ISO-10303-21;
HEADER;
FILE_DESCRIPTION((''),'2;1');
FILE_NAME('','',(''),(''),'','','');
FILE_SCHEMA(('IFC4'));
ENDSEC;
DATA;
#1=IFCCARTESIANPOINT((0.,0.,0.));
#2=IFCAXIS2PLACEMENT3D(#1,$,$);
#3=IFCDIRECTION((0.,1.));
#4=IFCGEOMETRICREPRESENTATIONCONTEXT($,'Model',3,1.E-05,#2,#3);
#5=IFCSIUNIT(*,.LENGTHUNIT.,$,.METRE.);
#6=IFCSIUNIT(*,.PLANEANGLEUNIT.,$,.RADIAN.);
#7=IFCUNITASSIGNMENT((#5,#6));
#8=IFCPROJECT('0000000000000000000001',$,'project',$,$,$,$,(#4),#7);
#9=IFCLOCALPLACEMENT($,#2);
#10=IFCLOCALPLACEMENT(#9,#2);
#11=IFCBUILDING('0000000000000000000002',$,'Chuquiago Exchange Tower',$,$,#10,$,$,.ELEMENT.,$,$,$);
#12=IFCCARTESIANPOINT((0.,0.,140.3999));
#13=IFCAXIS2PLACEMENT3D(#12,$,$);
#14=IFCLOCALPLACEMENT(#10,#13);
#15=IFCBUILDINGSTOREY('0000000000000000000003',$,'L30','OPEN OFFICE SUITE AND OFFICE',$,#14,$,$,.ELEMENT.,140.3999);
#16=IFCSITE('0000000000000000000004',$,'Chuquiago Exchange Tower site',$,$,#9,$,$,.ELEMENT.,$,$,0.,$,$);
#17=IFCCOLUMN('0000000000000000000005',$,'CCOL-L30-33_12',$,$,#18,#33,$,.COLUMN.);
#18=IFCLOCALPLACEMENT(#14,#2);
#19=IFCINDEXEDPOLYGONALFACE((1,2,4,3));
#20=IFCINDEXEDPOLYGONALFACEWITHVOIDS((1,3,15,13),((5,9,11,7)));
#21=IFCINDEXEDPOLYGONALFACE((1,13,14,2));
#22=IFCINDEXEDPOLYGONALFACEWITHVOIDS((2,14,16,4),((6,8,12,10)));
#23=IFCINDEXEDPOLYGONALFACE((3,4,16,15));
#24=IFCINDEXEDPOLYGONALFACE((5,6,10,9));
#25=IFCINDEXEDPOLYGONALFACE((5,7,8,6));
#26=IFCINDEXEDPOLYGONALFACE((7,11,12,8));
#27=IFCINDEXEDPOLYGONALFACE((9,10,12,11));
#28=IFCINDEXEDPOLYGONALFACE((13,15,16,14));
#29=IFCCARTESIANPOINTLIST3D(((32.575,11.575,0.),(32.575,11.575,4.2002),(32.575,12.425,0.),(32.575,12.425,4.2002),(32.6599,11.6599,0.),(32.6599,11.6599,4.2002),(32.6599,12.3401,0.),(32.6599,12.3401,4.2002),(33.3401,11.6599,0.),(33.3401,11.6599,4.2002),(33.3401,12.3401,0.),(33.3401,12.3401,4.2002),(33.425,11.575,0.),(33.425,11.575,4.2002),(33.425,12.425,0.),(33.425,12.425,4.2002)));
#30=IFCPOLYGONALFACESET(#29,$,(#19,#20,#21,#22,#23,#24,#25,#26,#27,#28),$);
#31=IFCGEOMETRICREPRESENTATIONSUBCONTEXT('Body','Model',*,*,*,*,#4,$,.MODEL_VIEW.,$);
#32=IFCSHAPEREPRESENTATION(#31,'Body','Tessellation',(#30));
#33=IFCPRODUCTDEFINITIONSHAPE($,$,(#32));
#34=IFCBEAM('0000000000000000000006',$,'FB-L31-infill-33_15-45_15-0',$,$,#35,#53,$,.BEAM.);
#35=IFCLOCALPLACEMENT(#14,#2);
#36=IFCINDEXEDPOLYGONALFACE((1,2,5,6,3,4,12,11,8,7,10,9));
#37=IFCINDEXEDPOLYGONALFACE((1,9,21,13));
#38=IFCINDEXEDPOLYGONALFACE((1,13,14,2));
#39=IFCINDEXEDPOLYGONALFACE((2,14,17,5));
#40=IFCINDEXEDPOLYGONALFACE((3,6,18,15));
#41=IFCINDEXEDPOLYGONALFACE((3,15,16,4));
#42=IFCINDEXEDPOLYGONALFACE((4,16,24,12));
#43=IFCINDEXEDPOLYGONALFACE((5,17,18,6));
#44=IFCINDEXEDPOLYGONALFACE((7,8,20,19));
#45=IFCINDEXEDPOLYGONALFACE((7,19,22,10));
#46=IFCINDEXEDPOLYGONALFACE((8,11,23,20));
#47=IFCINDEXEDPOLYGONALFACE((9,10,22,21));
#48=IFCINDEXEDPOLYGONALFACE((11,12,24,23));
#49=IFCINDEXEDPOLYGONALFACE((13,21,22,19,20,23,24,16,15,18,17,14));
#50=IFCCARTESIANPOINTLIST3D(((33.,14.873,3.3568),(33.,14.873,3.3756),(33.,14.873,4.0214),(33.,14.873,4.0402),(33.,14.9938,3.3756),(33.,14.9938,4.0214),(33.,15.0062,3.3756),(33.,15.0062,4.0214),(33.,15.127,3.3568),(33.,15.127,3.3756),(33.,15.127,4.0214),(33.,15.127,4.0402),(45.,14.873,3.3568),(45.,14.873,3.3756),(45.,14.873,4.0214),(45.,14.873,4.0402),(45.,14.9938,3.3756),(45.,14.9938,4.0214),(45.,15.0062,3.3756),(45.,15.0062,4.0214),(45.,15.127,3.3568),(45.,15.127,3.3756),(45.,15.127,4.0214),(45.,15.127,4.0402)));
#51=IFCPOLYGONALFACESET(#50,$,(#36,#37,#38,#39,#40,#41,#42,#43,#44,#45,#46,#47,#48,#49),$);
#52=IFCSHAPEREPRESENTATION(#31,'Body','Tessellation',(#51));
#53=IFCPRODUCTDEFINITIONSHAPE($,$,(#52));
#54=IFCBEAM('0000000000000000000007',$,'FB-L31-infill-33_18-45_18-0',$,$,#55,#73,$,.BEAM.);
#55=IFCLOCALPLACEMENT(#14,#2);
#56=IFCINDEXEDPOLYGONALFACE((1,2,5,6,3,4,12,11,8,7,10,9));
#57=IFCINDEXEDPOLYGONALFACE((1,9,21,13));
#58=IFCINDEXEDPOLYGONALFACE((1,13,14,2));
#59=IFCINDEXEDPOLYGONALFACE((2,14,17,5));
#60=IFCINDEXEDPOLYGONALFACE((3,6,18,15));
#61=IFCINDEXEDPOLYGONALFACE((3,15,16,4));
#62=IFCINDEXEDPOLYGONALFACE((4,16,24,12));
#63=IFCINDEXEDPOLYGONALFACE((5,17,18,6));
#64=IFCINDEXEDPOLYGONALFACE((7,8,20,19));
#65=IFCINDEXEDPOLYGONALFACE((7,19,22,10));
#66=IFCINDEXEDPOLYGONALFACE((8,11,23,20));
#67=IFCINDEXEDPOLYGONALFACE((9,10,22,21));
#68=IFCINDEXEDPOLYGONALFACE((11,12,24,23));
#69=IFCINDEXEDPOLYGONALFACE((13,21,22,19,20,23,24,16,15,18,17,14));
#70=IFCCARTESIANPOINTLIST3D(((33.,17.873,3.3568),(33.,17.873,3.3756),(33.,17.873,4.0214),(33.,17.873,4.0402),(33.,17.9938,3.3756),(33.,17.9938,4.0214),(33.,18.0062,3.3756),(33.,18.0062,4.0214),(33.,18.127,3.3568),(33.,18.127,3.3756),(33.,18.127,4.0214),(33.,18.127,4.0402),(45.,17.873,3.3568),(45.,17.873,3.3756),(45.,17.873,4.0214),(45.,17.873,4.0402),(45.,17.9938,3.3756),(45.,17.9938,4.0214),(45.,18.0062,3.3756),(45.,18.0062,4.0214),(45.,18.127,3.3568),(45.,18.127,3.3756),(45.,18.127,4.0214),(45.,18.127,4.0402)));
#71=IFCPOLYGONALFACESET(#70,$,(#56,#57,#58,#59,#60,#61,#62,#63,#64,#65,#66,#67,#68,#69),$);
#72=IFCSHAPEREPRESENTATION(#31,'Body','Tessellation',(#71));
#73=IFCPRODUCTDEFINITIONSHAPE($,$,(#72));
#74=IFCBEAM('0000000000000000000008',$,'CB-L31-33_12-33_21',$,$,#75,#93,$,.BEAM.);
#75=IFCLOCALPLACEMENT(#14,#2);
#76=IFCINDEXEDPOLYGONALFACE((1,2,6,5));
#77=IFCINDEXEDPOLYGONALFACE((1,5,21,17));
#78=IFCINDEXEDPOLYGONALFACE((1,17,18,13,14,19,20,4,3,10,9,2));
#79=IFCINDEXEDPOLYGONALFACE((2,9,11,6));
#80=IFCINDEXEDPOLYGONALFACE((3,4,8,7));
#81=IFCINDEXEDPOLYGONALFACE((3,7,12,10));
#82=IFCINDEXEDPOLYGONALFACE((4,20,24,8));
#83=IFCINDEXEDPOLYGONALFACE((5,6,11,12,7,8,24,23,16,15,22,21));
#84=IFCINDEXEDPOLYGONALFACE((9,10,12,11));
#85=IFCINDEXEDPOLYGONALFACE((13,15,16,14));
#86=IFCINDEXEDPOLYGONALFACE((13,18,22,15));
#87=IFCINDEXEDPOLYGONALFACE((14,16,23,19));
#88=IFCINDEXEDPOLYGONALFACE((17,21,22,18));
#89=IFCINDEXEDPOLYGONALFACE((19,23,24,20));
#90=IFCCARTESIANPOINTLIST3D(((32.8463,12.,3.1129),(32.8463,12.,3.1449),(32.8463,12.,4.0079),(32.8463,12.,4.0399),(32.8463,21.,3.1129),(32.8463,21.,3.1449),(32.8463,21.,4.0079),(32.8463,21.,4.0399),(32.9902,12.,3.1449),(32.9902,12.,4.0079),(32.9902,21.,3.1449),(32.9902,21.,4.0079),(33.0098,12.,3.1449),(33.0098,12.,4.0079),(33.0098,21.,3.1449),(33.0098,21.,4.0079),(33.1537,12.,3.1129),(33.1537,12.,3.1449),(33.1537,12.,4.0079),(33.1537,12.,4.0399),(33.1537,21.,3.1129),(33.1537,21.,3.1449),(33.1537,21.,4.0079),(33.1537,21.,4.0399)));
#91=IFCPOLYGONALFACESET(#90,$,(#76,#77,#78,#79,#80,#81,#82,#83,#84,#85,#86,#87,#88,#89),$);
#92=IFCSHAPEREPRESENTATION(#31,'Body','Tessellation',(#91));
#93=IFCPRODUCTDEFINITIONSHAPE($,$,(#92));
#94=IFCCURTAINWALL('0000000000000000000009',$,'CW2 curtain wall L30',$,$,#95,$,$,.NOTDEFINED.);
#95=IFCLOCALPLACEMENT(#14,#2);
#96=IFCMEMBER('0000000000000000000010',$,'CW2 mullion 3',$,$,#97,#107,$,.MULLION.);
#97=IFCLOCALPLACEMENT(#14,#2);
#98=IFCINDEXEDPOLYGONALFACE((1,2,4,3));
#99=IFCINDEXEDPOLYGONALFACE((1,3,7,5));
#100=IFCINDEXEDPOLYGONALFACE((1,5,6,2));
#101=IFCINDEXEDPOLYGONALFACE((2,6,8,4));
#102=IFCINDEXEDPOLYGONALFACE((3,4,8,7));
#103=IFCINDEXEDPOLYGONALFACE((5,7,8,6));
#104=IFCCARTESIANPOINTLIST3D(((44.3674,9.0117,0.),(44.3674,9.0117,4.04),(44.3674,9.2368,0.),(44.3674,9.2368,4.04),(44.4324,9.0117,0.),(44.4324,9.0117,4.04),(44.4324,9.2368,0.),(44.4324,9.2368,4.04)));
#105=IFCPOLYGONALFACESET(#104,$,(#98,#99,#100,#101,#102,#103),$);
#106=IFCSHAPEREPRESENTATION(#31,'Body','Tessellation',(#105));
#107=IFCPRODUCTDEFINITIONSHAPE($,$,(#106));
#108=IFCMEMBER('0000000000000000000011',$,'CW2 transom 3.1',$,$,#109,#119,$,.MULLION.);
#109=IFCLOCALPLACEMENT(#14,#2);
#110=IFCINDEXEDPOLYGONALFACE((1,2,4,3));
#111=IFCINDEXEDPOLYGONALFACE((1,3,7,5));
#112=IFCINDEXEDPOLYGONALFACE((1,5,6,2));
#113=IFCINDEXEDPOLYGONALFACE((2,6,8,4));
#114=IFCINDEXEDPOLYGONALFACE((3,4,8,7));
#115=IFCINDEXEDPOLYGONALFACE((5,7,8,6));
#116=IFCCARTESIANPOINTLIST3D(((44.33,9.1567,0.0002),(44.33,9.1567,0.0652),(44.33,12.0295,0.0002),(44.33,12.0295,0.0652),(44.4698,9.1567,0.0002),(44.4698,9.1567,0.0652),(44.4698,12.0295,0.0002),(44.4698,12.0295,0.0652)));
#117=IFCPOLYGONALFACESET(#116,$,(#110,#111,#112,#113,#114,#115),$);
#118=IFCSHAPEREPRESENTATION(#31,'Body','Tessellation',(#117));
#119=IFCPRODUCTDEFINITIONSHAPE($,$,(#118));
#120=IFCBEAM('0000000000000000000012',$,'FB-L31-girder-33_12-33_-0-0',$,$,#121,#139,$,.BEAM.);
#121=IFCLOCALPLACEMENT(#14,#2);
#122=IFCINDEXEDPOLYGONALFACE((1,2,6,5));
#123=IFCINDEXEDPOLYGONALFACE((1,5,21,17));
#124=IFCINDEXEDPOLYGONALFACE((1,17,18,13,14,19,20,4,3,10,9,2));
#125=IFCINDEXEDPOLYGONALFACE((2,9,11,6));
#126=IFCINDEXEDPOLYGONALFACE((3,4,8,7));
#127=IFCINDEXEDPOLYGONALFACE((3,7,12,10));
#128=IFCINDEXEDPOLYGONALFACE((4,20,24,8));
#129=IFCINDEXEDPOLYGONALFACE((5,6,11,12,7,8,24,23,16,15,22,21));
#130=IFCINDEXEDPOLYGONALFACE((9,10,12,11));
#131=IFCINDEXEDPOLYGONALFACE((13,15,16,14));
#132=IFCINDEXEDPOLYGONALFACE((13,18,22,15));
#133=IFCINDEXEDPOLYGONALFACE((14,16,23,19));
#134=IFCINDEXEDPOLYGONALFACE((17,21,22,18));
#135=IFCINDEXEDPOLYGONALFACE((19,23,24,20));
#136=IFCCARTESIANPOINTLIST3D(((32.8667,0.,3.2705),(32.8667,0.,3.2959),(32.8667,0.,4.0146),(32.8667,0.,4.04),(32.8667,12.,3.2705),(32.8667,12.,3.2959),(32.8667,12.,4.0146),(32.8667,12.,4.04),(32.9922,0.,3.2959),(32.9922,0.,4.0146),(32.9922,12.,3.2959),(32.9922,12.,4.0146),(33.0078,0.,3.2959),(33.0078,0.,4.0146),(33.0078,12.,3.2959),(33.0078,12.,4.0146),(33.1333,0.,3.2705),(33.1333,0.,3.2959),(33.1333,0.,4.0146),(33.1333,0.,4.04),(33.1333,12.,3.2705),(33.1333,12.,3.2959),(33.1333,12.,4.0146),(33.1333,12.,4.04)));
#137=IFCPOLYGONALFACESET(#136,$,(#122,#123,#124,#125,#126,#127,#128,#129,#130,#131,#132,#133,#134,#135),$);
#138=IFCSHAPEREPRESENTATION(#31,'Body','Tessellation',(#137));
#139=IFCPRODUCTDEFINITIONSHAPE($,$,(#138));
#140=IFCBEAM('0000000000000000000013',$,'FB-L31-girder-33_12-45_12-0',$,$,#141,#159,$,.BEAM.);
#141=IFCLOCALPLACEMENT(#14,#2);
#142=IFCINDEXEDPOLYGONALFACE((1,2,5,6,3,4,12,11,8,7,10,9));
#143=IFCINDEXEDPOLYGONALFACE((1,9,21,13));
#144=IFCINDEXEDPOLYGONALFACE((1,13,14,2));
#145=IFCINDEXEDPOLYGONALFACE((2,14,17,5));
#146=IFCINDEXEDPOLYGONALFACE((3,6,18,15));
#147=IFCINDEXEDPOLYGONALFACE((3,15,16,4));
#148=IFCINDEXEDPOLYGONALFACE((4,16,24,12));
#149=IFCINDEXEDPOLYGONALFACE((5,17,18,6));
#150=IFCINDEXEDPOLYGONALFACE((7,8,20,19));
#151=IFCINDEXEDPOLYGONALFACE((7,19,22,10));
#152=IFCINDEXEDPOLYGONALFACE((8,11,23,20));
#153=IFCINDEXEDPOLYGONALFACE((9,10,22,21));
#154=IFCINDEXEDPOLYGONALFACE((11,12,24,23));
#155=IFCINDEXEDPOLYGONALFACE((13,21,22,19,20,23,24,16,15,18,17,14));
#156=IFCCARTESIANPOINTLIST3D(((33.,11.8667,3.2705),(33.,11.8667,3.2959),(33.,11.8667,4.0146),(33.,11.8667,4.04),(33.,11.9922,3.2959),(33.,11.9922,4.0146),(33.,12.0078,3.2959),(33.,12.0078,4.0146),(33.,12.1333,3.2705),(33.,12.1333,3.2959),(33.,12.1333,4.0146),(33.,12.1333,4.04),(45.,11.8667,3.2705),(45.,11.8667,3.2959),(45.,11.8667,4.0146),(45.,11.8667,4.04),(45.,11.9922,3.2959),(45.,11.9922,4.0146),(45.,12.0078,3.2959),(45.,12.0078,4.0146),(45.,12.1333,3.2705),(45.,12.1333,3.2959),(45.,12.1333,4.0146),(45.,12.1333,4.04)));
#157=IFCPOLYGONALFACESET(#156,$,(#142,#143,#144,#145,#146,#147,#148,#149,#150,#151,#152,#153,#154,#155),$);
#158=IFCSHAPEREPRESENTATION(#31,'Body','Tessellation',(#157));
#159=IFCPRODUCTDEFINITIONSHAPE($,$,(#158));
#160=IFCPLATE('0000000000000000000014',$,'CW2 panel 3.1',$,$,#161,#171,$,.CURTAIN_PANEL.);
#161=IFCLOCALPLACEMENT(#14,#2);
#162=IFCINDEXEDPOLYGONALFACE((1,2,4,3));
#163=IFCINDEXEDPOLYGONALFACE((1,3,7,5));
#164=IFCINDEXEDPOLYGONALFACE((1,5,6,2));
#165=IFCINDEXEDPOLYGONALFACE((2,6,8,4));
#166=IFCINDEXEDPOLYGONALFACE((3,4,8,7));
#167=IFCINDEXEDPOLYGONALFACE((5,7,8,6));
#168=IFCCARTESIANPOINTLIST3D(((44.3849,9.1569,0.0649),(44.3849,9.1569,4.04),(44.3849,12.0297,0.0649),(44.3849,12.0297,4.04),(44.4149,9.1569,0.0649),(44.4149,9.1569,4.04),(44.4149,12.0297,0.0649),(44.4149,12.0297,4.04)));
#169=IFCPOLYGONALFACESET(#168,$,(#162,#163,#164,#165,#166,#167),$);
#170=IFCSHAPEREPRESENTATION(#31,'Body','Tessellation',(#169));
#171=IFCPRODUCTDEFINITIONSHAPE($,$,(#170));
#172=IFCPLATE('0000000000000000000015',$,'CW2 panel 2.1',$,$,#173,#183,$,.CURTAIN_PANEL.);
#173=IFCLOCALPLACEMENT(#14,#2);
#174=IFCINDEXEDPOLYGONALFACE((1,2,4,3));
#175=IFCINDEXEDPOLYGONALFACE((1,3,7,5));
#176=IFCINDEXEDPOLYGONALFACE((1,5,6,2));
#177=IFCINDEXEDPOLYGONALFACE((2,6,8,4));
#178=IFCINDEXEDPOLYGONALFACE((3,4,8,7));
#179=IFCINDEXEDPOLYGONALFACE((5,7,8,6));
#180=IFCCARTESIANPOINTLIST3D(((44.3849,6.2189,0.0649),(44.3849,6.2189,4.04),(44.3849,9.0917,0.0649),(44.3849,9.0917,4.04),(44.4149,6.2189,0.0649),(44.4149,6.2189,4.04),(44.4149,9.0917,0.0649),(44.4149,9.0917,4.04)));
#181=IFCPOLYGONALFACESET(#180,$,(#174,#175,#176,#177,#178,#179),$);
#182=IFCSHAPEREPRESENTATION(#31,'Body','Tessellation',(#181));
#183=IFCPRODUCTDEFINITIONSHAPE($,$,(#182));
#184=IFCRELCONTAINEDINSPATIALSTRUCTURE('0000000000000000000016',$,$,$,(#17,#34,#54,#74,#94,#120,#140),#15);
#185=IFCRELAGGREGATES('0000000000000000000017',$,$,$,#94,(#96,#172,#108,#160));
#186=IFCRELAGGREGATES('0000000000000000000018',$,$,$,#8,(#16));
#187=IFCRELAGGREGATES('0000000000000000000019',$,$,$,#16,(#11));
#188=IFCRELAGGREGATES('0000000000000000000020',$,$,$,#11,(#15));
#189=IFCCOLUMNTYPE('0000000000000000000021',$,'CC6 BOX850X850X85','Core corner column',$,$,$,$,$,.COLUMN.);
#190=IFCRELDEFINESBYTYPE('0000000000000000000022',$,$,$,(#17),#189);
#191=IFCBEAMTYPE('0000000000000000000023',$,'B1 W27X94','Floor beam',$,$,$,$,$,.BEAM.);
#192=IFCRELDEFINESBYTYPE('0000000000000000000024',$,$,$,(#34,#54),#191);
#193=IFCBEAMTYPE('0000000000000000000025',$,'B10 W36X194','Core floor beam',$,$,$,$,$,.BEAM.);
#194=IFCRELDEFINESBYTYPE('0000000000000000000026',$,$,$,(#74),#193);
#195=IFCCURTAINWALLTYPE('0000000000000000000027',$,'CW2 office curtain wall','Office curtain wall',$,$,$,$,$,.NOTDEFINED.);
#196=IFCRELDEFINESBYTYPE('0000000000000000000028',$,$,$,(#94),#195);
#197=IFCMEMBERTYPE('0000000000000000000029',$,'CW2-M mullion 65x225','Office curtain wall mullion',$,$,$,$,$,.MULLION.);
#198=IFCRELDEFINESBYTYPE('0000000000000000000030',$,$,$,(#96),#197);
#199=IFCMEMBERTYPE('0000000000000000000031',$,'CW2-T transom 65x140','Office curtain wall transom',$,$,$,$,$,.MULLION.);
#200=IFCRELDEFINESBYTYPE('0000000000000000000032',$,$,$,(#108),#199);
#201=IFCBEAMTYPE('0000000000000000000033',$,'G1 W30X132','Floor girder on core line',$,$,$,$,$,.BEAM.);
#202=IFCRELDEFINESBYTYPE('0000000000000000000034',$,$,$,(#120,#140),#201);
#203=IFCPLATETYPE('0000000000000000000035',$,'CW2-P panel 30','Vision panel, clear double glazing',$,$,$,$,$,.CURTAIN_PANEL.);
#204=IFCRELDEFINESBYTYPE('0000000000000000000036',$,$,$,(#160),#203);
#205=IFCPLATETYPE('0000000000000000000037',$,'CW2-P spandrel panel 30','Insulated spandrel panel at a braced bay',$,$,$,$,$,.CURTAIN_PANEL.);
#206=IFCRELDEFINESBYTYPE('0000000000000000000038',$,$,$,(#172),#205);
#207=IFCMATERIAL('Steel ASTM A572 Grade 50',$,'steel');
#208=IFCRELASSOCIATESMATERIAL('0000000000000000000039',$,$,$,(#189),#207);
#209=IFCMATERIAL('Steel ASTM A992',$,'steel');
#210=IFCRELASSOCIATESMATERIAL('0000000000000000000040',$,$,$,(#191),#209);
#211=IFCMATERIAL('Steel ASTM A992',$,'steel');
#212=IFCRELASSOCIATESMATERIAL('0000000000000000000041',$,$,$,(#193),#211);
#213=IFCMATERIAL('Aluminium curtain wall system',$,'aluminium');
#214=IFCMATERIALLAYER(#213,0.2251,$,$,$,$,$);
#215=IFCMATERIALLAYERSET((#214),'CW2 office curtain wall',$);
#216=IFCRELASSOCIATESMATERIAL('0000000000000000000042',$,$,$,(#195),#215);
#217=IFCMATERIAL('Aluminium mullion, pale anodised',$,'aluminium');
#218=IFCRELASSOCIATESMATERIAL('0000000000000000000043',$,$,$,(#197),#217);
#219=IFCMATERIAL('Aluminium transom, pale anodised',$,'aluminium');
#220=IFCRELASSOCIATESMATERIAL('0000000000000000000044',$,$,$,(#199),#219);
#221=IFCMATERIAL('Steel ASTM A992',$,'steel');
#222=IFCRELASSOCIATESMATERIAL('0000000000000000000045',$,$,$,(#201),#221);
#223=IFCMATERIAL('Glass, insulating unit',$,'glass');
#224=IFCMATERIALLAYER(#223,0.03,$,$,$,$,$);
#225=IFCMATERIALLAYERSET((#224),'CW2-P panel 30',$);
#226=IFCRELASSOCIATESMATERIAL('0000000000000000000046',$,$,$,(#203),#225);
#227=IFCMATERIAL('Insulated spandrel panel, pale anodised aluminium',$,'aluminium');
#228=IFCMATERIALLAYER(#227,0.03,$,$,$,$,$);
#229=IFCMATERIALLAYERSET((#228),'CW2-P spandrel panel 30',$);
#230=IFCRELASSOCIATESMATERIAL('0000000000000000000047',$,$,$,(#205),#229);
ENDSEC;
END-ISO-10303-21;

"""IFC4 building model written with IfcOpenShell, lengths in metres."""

from ifc_helpers import new_model, si_unit, direction, frame, origin, origin_2d, place, context, subcontext, project, spatial, rectangle, hollow_rectangle, i_section, extrude, material, layer, layer_set, material_profile, profile_set, type_object, element, aggregate, save


model = new_model("IFC4")

# Units and contexts
model_context = context("Model", 3, precision=1e-05, world=origin(), true_north=direction((0.0, 1.0)))
body_context = subcontext(model_context, "Body", "Model", "MODEL_VIEW")
ifc_project = project(units=[si_unit("LENGTHUNIT", "METRE"), si_unit("PLANEANGLEUNIT", "RADIAN")], contexts=[model_context])

# Site, building, storey
site_placement = place(None, origin())
site = spatial("IfcSite", under=ifc_project, at=site_placement, Name="Chuquiago Exchange Tower site", CompositionType="ELEMENT", RefElevation=0.0)
building_placement = place(site_placement, origin())
building = spatial("IfcBuilding", under=site, at=building_placement, Name="Chuquiago Exchange Tower", CompositionType="ELEMENT")
storey_placement = place(building_placement, frame((0.0, 0.0, 140.3999)))
storey = spatial("IfcBuildingStorey", under=building, at=storey_placement, Name="L30", Description="OPEN OFFICE SUITE AND OFFICE", CompositionType="ELEMENT", Elevation=140.3999)

# Column
ifc_material_1 = material(Name="Steel ASTM A572 Grade 50", Category="steel")
ifc_material_profile_1 = material_profile(ifc_material_1, hollow_rectangle(XDim=0.8501, YDim=0.8501, WallThickness=0.085, at=origin_2d()), Name="BOX850X850X85")
ifc_profile_set_1 = profile_set([ifc_material_profile_1], Name="Steel ASTM A572 Grade 50")
column_type = type_object("IfcColumnType", Name="CC6 BOX850X850X85", Description="Core corner column", PredefinedType="COLUMN", material=ifc_profile_set_1)
column_placement = place(storey_placement, frame((33.0, 12.0, 0.0), z_axis=(0.0, 0.0, 1.0), x_axis=(1.0, 0.0, 0.0)))
element("IfcColumn", 1, at=column_placement, inside=storey, type_object=column_type, Name="CCOL-L30-33_12", PredefinedType="COLUMN", context=body_context, shape_type="SweptSolid", body=[
    extrude(hollow_rectangle(XDim=0.8501, YDim=0.8501, WallThickness=0.085, at=origin_2d()), origin(), (0.0, 0.0, 1.0), 4.2002),
])

# Beams
ifc_material_2 = material(Name="Steel ASTM A992", Category="steel")
ifc_material_profile_2 = material_profile(ifc_material_2, i_section(OverallWidth=0.2539, OverallDepth=0.6833, WebThickness=0.0125, FlangeThickness=0.0188, at=origin_2d()), Name="W27X94")
ifc_profile_set_2 = profile_set([ifc_material_profile_2], Name="Steel ASTM A992")
beam_type_1 = type_object("IfcBeamType", Name="B1 W27X94", Description="Floor beam", PredefinedType="BEAM", material=ifc_profile_set_2)
for number, where, z_axis, x_axis, name in (
    (2, (33.0, 15.0, 3.6985), (1.0, 0.0, 0.0), (0.0, 1.0, 0.0), "FB-L31-infill-33_15-45_15-0"),
    (3, (33.0, 18.0, 3.6985), (1.0, 0.0, 0.0), (0.0, 1.0, 0.0), "FB-L31-infill-33_18-45_18-0"),
):
    element("IfcBeam", number, at=place(storey_placement, frame(where, z_axis=z_axis, x_axis=x_axis)), inside=storey, type_object=beam_type_1, Name=name, PredefinedType="BEAM", context=body_context, shape_type="SweptSolid", body=[
        extrude(i_section(OverallWidth=0.2539, OverallDepth=0.6833, WebThickness=0.0125, FlangeThickness=0.0188, at=origin_2d()), origin(), (0.0, 0.0, 1.0), 12.0),
    ])
ifc_material_3 = material(Name="Steel ASTM A992", Category="steel")
ifc_material_profile_3 = material_profile(ifc_material_3, i_section(OverallWidth=0.3074, OverallDepth=0.927, WebThickness=0.0195, FlangeThickness=0.032, at=origin_2d()), Name="W36X194")
ifc_profile_set_3 = profile_set([ifc_material_profile_3], Name="Steel ASTM A992")
beam_type_2 = type_object("IfcBeamType", Name="B10 W36X194", Description="Core floor beam", PredefinedType="BEAM", material=ifc_profile_set_3)
beam_placement = place(storey_placement, frame((33.0, 12.0, 3.5764), z_axis=(0.0, 1.0, 0.0), x_axis=(-1.0, 0.0, 0.0)))
element("IfcBeam", 4, at=beam_placement, inside=storey, type_object=beam_type_2, Name="CB-L31-33_12-33_21", PredefinedType="BEAM", context=body_context, shape_type="SweptSolid", body=[
    extrude(i_section(OverallWidth=0.3074, OverallDepth=0.927, WebThickness=0.0195, FlangeThickness=0.032, at=origin_2d()), origin(), (0.0, 0.0, 1.0), 9.0),
])

# Curtain wall, members
ifc_material_4 = material(Name="Aluminium curtain wall system", Category="aluminium")
ifc_layer_1 = layer(ifc_material_4, 0.2251)
ifc_layer_set_1 = layer_set([ifc_layer_1], Name="CW2 office curtain wall")
curtain_wall_type = type_object("IfcCurtainWallType", Name="CW2 office curtain wall", Description="Office curtain wall", PredefinedType="NOTDEFINED", material=ifc_layer_set_1)
curtain_wall_placement = place(storey_placement, origin())
curtain_wall = element("IfcCurtainWall", 5, at=curtain_wall_placement, inside=storey, type_object=curtain_wall_type, Name="CW2 curtain wall L30", PredefinedType="NOTDEFINED")
ifc_material_5 = material(Name="Aluminium mullion, pale anodised", Category="aluminium")
ifc_material_profile_4 = material_profile(ifc_material_5, rectangle(XDim=0.0649, YDim=0.2251, at=origin_2d()), Name="AL 65x225")
ifc_profile_set_4 = profile_set([ifc_material_profile_4], Name="Aluminium mullion, pale anodised")
member_type_1 = type_object("IfcMemberType", Name="CW2-M mullion 65x225", Description="Office curtain wall mullion", PredefinedType="MULLION", material=ifc_profile_set_4)
member_1_placement = place(storey_placement, frame((44.3999, 9.1243, 0.0), z_axis=(0.0, 0.0, 1.0), x_axis=(-1.0, 0.0, 0.0)))
member_1 = element("IfcMember", 6, at=member_1_placement, type_object=member_type_1, Name="CW2 mullion 3", PredefinedType="MULLION", context=body_context, shape_type="SweptSolid", body=[
    extrude(rectangle(XDim=0.0649, YDim=0.2251, at=origin_2d()), origin(), (0.0, 0.0, 1.0), 4.04),
])
ifc_material_6 = material(Name="Aluminium transom, pale anodised", Category="aluminium")
ifc_material_profile_5 = material_profile(ifc_material_6, rectangle(XDim=0.1399, YDim=0.0649, at=origin_2d()), Name="AL 140x65")
ifc_profile_set_5 = profile_set([ifc_material_profile_5], Name="Aluminium transom, pale anodised")
member_type_2 = type_object("IfcMemberType", Name="CW2-T transom 65x140", Description="Office curtain wall transom", PredefinedType="MULLION", material=ifc_profile_set_5)
member_2_placement = place(storey_placement, frame((44.3999, 9.1567, 0.0327), z_axis=(0.0, 1.0, 0.0), x_axis=(-1.0, 0.0, 0.0)))
member_2 = element("IfcMember", 7, at=member_2_placement, type_object=member_type_2, Name="CW2 transom 3.1", PredefinedType="MULLION", context=body_context, shape_type="SweptSolid", body=[
    extrude(rectangle(XDim=0.1399, YDim=0.0649, at=origin_2d()), origin(), (0.0, 0.0, 1.0), 2.8728),
])

# Beams
ifc_material_7 = material(Name="Steel ASTM A992", Category="steel")
ifc_material_profile_6 = material_profile(ifc_material_7, i_section(OverallWidth=0.2666, OverallDepth=0.7695, WebThickness=0.0156, FlangeThickness=0.0254, at=origin_2d()), Name="W30X132")
ifc_profile_set_6 = profile_set([ifc_material_profile_6], Name="Steel ASTM A992")
beam_type_3 = type_object("IfcBeamType", Name="G1 W30X132", Description="Floor girder on core line", PredefinedType="BEAM", material=ifc_profile_set_6)
for number, where, z_axis, x_axis, name in (
    (8, (33.0, 12.0, 3.6553), (0.0, -1.0, 0.0), (1.0, 0.0, 0.0), "FB-L31-girder-33_12-33_-0-0"),
    (9, (33.0, 12.0, 3.6553), (1.0, 0.0, 0.0), (0.0, 1.0, 0.0), "FB-L31-girder-33_12-45_12-0"),
):
    element("IfcBeam", number, at=place(storey_placement, frame(where, z_axis=z_axis, x_axis=x_axis)), inside=storey, type_object=beam_type_3, Name=name, PredefinedType="BEAM", context=body_context, shape_type="SweptSolid", body=[
        extrude(i_section(OverallWidth=0.2666, OverallDepth=0.7695, WebThickness=0.0156, FlangeThickness=0.0254, at=origin_2d()), origin(), (0.0, 0.0, 1.0), 12.0),
    ])

# Plates
ifc_material_8 = material(Name="Glass, insulating unit", Category="glass")
ifc_layer_2 = layer(ifc_material_8, 0.03)
ifc_layer_set_2 = layer_set([ifc_layer_2], Name="CW2-P panel 30")
plate_type_1 = type_object("IfcPlateType", Name="CW2-P panel 30", Description="Vision panel, clear double glazing", PredefinedType="CURTAIN_PANEL", material=ifc_layer_set_2)
plate_1_placement = place(storey_placement, frame((44.3999, 10.5933, 0.0649), z_axis=(0.0, 0.0, 1.0), x_axis=(0.0, 1.0, 0.0)))
plate_1 = element("IfcPlate", 10, at=plate_1_placement, type_object=plate_type_1, Name="CW2 panel 3.1", PredefinedType="CURTAIN_PANEL", context=body_context, shape_type="SweptSolid", body=[
    extrude(rectangle(XDim=2.8728, YDim=0.03, at=origin_2d()), origin(), (0.0, 0.0, 1.0), 3.9751),
])
ifc_material_9 = material(Name="Insulated spandrel panel, pale anodised aluminium", Category="aluminium")
ifc_layer_3 = layer(ifc_material_9, 0.03)
ifc_layer_set_3 = layer_set([ifc_layer_3], Name="CW2-P spandrel panel 30")
plate_type_2 = type_object("IfcPlateType", Name="CW2-P spandrel panel 30", Description="Insulated spandrel panel at a braced bay", PredefinedType="CURTAIN_PANEL", material=ifc_layer_set_3)
plate_2_placement = place(storey_placement, frame((44.3999, 7.6553, 0.0649), z_axis=(0.0, 0.0, 1.0), x_axis=(0.0, 1.0, 0.0)))
plate_2 = element("IfcPlate", 11, at=plate_2_placement, type_object=plate_type_2, Name="CW2 panel 2.1", PredefinedType="CURTAIN_PANEL", context=body_context, shape_type="SweptSolid", body=[
    extrude(rectangle(XDim=2.8728, YDim=0.03, at=origin_2d()), origin(), (0.0, 0.0, 1.0), 3.9751),
])
aggregate(curtain_wall, [member_1, plate_2, member_2, plate_1])

save(model, "model.ifc")
